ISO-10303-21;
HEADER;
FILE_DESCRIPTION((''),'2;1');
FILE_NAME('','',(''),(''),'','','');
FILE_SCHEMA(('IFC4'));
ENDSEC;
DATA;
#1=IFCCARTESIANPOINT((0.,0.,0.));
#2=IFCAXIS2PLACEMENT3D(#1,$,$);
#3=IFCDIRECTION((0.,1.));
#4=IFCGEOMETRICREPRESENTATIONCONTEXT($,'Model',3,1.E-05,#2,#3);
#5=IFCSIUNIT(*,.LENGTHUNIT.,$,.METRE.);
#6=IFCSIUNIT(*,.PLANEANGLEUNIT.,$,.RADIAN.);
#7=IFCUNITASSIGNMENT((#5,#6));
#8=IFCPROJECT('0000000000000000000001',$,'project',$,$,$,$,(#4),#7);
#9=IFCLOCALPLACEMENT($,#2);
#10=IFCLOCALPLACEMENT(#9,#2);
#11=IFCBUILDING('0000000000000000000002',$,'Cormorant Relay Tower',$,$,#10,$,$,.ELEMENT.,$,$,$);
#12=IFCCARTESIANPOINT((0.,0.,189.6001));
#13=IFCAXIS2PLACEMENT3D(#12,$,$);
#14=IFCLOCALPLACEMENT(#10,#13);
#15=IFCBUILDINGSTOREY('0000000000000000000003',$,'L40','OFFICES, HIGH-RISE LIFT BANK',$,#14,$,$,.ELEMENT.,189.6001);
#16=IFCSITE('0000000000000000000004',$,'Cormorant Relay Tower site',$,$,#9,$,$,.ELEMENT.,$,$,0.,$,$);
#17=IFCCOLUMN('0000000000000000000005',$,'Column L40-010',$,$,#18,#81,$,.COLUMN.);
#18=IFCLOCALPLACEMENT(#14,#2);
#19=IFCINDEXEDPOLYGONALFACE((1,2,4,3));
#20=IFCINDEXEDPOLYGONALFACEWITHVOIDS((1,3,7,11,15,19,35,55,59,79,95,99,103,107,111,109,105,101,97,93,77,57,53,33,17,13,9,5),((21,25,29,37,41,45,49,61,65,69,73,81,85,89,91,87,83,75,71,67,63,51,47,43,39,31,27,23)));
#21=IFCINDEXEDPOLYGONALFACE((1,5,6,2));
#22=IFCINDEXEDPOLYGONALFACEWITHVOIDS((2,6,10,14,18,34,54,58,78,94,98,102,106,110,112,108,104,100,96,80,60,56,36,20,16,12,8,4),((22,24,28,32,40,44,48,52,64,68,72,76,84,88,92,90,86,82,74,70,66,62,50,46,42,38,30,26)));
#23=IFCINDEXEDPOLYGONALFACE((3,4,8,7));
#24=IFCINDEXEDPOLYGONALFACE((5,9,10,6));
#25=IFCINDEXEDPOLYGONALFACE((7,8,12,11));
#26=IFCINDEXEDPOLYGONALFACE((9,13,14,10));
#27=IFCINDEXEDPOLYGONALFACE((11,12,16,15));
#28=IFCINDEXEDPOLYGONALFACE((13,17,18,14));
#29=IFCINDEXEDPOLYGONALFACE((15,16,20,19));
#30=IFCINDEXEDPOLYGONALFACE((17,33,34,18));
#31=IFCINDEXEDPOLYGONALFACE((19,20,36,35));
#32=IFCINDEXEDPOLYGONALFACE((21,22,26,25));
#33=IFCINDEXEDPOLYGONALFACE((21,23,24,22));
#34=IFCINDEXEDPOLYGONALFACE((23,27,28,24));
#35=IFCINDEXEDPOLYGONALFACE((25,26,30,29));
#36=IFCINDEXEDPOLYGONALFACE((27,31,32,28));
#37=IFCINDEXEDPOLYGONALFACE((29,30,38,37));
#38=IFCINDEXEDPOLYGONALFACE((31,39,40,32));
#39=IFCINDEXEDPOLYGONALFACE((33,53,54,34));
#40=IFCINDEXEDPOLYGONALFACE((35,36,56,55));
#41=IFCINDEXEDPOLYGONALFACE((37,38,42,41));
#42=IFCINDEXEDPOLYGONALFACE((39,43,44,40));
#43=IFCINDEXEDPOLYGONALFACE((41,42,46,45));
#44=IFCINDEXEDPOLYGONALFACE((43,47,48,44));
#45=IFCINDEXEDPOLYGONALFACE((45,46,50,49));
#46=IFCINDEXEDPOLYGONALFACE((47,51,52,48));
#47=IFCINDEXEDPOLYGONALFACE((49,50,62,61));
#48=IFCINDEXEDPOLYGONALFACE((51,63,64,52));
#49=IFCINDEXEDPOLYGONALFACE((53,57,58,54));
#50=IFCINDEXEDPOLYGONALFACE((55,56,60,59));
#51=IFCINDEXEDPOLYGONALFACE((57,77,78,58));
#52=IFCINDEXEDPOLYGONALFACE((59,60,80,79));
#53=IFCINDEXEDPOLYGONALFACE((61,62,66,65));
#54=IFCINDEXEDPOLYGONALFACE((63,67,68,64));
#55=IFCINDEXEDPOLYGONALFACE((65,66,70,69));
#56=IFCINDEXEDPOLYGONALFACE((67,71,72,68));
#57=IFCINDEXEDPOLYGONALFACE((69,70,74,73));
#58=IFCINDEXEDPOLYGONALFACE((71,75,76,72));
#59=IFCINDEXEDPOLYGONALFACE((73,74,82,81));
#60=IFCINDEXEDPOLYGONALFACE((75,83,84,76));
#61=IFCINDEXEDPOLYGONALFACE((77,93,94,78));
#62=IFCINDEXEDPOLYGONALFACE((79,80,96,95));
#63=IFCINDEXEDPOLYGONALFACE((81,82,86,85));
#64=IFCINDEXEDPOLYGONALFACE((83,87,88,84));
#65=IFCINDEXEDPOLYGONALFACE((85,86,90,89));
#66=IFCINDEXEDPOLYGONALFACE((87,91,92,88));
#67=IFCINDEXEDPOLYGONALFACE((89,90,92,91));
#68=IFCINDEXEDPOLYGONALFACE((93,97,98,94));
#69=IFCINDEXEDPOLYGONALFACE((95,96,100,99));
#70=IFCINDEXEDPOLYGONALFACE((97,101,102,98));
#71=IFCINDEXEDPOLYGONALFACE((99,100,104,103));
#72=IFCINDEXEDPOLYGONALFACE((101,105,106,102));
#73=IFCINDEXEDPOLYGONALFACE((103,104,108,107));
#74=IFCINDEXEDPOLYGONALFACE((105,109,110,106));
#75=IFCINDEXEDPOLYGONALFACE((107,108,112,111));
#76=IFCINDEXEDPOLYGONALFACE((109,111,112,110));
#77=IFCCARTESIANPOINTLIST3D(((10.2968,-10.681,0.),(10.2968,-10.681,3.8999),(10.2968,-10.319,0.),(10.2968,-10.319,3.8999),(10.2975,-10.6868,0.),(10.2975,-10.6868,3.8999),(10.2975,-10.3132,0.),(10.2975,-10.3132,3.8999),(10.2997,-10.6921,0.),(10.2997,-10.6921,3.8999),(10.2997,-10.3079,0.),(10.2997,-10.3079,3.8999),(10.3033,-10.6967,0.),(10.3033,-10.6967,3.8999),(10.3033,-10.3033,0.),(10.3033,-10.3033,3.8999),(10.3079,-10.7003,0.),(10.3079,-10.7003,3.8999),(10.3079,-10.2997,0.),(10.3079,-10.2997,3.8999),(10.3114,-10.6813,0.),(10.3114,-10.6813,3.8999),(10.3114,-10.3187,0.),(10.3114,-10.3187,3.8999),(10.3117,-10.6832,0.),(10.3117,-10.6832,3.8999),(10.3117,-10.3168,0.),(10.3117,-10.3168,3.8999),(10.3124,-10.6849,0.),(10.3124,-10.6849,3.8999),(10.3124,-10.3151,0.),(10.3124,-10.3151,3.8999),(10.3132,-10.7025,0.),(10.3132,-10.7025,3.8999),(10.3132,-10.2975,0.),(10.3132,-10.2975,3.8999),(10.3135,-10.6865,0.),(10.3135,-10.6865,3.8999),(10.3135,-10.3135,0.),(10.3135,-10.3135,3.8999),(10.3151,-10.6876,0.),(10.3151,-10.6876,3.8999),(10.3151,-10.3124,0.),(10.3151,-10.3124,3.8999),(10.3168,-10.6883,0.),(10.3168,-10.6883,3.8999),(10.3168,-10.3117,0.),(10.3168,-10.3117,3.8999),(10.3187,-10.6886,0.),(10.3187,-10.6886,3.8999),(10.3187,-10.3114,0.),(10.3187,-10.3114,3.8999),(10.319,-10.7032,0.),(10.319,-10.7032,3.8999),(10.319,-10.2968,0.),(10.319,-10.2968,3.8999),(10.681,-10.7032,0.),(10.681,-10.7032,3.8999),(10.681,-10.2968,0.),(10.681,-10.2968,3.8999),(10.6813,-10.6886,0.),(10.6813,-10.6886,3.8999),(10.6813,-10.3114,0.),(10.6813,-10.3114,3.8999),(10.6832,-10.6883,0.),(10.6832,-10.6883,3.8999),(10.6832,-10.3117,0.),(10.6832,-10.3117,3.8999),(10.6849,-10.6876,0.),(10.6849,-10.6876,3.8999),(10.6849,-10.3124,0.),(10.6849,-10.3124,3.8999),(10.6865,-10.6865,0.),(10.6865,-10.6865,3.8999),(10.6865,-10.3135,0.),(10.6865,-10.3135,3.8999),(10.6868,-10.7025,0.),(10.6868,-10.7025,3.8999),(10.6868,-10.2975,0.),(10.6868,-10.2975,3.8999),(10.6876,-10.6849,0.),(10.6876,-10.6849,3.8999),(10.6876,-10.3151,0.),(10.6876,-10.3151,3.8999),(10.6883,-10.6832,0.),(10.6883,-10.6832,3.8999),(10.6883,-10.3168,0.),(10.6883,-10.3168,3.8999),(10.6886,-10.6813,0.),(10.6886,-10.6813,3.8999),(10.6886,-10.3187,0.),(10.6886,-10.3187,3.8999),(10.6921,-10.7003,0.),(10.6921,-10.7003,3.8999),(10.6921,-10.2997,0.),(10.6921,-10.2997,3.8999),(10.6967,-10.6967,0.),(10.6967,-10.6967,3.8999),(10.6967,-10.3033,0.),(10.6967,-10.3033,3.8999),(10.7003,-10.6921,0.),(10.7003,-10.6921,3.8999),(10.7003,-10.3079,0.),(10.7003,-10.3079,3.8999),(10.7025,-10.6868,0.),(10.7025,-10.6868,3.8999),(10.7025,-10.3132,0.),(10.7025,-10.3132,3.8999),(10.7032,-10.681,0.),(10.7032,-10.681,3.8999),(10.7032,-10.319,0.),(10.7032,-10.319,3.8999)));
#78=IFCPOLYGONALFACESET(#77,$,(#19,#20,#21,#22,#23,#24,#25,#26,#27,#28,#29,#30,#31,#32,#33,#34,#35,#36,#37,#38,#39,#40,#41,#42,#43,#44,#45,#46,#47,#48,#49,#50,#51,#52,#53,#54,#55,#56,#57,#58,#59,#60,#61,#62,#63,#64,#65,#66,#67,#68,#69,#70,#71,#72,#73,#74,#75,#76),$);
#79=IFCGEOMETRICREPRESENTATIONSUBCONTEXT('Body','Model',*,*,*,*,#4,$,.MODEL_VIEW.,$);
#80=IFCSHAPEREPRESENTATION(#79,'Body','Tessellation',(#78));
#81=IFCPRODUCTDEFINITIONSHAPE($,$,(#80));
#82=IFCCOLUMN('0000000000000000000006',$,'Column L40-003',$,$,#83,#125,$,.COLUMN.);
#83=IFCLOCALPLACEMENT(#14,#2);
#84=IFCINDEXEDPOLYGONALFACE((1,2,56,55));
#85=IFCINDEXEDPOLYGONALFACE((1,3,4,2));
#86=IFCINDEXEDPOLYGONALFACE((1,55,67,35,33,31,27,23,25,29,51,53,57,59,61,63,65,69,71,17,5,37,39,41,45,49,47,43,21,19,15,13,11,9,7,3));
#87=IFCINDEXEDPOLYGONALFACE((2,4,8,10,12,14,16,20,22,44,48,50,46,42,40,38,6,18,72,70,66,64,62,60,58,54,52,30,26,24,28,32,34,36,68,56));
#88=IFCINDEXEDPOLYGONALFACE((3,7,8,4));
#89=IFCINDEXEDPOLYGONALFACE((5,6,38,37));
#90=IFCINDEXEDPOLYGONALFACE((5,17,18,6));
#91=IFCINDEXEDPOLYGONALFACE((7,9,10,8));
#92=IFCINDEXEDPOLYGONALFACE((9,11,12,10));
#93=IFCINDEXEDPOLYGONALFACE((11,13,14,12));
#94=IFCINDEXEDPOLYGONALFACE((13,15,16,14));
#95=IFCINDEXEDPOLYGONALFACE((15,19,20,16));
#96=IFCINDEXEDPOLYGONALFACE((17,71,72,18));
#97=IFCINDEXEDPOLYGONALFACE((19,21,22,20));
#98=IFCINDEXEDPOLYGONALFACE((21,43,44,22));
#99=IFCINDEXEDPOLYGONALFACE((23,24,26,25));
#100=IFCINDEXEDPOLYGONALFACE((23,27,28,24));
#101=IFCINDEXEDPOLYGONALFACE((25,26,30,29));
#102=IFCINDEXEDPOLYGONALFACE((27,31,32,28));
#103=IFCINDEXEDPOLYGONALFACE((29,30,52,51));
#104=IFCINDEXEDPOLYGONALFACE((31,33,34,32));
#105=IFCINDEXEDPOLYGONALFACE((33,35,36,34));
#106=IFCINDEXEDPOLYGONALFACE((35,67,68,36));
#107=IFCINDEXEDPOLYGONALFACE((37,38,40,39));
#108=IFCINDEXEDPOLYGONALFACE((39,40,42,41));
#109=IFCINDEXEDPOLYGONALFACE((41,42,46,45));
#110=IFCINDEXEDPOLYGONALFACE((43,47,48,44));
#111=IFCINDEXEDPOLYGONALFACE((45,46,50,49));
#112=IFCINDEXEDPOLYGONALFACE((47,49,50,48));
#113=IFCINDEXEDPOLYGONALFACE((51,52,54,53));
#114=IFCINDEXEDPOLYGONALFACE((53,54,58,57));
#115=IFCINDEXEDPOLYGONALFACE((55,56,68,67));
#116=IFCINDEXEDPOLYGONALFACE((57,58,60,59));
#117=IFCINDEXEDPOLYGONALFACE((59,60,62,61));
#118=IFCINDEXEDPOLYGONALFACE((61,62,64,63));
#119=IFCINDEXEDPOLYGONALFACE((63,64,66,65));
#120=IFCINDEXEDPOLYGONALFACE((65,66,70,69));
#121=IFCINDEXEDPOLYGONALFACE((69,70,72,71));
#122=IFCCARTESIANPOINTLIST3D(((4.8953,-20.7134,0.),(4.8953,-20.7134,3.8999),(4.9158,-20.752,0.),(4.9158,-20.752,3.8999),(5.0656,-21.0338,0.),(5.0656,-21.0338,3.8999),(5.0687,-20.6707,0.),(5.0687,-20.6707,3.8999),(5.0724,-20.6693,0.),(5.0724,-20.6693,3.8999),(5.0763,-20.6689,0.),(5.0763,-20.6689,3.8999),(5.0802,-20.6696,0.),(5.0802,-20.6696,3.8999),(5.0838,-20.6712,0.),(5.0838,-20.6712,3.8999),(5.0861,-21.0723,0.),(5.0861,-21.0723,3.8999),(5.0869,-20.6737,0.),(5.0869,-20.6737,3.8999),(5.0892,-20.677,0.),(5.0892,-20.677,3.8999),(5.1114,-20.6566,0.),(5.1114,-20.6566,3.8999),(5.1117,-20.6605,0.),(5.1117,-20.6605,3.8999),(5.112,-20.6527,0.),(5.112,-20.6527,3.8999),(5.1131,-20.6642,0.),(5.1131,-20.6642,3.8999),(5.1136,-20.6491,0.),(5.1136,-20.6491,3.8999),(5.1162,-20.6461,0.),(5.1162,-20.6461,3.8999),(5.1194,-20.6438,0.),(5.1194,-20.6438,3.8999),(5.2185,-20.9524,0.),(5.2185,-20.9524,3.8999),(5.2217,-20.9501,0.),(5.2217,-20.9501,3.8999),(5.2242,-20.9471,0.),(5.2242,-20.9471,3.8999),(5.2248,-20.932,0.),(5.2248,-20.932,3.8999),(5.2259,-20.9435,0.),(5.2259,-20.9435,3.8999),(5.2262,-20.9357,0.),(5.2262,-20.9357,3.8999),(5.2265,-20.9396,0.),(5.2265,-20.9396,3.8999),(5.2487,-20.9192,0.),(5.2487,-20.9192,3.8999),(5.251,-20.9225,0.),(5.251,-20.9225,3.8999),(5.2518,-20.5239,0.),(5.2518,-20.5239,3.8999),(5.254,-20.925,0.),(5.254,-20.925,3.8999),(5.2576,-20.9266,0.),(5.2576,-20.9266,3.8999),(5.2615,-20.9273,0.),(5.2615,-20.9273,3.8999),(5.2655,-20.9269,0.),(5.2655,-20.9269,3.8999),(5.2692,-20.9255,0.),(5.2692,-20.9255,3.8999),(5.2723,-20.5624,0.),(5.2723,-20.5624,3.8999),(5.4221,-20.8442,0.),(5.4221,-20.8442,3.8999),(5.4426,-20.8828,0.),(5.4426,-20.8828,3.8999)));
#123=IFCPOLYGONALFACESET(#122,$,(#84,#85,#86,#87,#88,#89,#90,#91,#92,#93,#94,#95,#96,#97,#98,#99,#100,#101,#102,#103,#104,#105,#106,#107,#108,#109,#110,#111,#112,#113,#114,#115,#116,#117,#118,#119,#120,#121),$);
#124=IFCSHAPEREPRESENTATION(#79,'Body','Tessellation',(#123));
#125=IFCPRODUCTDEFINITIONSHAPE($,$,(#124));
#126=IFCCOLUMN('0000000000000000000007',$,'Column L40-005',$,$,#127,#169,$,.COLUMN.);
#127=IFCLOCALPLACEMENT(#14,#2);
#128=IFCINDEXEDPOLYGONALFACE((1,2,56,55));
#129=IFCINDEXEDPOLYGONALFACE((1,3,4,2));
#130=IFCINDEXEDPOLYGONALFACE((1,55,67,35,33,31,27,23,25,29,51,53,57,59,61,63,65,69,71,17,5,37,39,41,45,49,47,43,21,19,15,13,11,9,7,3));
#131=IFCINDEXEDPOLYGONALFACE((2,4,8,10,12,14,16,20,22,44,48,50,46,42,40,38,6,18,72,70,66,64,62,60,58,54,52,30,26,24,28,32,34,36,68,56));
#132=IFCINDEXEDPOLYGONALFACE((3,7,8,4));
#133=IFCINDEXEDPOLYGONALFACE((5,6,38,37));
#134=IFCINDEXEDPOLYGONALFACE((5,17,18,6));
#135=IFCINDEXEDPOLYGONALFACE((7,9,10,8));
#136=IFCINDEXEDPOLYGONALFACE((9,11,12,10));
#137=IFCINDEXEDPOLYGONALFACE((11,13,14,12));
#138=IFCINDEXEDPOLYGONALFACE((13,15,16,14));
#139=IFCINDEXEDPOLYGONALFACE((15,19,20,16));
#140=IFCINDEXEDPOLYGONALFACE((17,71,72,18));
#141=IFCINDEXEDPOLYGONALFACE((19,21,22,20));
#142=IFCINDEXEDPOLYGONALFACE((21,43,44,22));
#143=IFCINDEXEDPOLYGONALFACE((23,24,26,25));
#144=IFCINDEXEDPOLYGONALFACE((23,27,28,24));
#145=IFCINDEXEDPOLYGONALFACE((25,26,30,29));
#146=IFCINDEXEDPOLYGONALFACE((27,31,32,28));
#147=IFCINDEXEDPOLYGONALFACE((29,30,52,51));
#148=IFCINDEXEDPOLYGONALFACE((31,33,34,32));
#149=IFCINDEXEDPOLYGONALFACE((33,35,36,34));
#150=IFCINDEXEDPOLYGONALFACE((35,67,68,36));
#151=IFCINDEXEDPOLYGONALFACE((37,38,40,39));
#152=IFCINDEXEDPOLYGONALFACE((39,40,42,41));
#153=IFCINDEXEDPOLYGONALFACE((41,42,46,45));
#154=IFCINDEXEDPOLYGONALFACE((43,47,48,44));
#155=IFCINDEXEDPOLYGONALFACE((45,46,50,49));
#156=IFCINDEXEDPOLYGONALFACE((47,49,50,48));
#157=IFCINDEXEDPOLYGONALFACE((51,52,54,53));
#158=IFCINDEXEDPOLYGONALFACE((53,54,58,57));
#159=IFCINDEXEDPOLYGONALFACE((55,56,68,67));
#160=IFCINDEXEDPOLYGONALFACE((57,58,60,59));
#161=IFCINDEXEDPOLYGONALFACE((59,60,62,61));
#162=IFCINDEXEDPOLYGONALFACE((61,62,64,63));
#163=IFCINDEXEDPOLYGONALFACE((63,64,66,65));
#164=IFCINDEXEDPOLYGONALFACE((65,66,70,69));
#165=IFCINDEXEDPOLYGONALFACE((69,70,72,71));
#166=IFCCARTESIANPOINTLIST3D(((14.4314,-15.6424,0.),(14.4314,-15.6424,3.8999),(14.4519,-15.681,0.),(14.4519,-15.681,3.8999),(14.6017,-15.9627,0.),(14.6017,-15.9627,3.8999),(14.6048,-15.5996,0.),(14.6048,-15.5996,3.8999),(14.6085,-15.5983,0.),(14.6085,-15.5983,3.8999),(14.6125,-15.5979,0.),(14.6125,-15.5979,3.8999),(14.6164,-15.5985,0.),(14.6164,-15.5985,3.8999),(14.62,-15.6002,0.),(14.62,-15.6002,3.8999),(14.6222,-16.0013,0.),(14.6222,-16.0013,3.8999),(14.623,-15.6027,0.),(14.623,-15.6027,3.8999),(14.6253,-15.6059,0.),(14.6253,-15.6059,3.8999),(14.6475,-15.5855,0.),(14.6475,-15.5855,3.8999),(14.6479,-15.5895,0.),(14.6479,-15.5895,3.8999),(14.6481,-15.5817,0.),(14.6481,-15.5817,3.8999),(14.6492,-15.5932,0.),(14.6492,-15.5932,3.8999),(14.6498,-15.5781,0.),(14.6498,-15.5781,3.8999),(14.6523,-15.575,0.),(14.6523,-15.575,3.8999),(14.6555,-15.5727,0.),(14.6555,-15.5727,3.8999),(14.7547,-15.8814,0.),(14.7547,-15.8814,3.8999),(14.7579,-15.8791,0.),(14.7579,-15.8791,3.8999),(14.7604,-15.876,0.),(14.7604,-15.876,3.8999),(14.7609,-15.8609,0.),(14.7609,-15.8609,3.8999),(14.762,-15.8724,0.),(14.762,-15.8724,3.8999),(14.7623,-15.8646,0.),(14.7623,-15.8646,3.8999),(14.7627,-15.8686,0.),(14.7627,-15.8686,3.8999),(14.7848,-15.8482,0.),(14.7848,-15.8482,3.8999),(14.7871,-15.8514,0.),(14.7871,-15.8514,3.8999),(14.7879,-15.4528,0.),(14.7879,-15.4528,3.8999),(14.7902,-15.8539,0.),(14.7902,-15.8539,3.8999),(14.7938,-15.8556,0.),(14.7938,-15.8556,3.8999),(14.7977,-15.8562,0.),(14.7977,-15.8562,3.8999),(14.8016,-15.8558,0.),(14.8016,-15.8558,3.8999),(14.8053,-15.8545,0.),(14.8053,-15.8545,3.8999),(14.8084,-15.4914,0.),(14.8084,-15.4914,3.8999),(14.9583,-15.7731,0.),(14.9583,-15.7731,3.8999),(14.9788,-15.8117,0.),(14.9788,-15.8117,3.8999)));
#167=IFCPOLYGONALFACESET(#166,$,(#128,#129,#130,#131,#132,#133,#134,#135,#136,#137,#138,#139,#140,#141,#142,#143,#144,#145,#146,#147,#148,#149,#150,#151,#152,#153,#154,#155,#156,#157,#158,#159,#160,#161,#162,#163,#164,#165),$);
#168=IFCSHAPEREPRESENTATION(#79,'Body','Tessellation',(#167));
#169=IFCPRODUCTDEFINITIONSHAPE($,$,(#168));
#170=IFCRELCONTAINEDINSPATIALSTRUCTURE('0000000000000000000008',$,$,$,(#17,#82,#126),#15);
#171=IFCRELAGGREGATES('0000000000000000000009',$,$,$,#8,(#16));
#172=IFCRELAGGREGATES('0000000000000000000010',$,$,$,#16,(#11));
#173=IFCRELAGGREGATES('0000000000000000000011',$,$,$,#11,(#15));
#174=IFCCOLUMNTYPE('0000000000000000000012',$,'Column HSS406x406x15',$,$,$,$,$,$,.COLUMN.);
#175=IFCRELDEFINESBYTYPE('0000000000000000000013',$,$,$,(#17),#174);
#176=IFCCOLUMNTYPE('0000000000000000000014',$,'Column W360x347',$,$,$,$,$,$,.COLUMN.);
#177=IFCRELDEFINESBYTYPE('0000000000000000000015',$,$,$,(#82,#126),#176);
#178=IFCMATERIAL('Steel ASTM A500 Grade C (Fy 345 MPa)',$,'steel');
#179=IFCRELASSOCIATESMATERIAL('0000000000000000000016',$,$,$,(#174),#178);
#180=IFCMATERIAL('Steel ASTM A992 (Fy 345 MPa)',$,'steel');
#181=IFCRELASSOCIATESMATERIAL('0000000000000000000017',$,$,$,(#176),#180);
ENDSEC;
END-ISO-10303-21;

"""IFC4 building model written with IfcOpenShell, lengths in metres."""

from ifc_helpers import new_model, si_unit, direction, frame, origin, origin_2d, place, context, subcontext, project, spatial, hollow_rectangle, i_section, extrude, material, material_profile, profile_set, type_object, element, save


model = new_model("IFC4")

# Units and contexts
model_context = context("Model", 3, precision=1e-05, world=origin(), true_north=direction((0.0, 1.0)))
body_context = subcontext(model_context, "Body", "Model", "MODEL_VIEW")
ifc_project = project(units=[si_unit("LENGTHUNIT", "METRE"), si_unit("PLANEANGLEUNIT", "RADIAN")], contexts=[model_context])

# Site, building, storey
site_placement = place(None, origin())
site = spatial("IfcSite", under=ifc_project, at=site_placement, Name="Cormorant Relay Tower site", CompositionType="ELEMENT", RefElevation=0.0)
building_placement = place(site_placement, origin())
building = spatial("IfcBuilding", under=site, at=building_placement, Name="Cormorant Relay Tower", CompositionType="ELEMENT")
storey_placement = place(building_placement, frame((0.0, 0.0, 189.6001)))
storey = spatial("IfcBuildingStorey", under=building, at=storey_placement, Name="L40", Description="OFFICES, HIGH-RISE LIFT BANK", CompositionType="ELEMENT", Elevation=189.6001)

# Columns
ifc_material_1 = material(Name="Steel ASTM A500 Grade C (Fy 345 MPa)", Category="steel")
ifc_material_profile_1 = material_profile(ifc_material_1, hollow_rectangle(XDim=0.4065, YDim=0.4065, WallThickness=0.0146, InnerFilletRadius=0.0073, OuterFilletRadius=0.0222, at=origin_2d()), Name="HSS406x406x15")
ifc_profile_set_1 = profile_set([ifc_material_profile_1], Name="Steel ASTM A500 Grade C (Fy 345 MPa)")
column_type_1 = type_object("IfcColumnType", Name="Column HSS406x406x15", PredefinedType="COLUMN", material=ifc_profile_set_1)
column_1_placement = place(storey_placement, frame((10.5, -10.5, 0.0), z_axis=(0.0, 0.0, 1.0), x_axis=(1.0, 0.0, 0.0)))
element("IfcColumn", 1, at=column_1_placement, inside=storey, type_object=column_type_1, Name="Column L40-010", PredefinedType="COLUMN", context=body_context, shape_type="SweptSolid", body=[
    extrude(hollow_rectangle(XDim=0.4065, YDim=0.4065, WallThickness=0.0146, InnerFilletRadius=0.0073, OuterFilletRadius=0.0222, at=origin_2d()), origin(), (0.0, 0.0, 1.0), 3.8999),
])
ifc_material_2 = material(Name="Steel ASTM A992 (Fy 345 MPa)", Category="steel")
ifc_material_profile_2 = material_profile(ifc_material_2, i_section(OverallWidth=0.4038, OverallDepth=0.4065, WebThickness=0.0271, FlangeThickness=0.0437, FilletRadius=0.0151, at=origin_2d()), Name="W360x347")
ifc_profile_set_2 = profile_set([ifc_material_profile_2], Name="Steel ASTM A992 (Fy 345 MPa)")
column_type_2 = type_object("IfcColumnType", Name="Column W360x347", PredefinedType="COLUMN", material=ifc_profile_set_2)
for number, where, z_axis, x_axis, name in (
    (2, (5.1689, -20.7981, 0.0), (0.0, 0.0, 1.0), (0.882948, 0.469472, 0.0), "Column L40-003"),
    (3, (14.7051, -15.7271, 0.0), (0.0, 0.0, 1.0), (0.882948, 0.469472, 0.0), "Column L40-005"),
):
    element("IfcColumn", number, at=place(storey_placement, frame(where, z_axis=z_axis, x_axis=x_axis)), inside=storey, type_object=column_type_2, Name=name, PredefinedType="COLUMN", context=body_context, shape_type="SweptSolid", body=[
        extrude(i_section(OverallWidth=0.4038, OverallDepth=0.4065, WebThickness=0.0271, FlangeThickness=0.0437, FilletRadius=0.0151, at=origin_2d()), origin(), (0.0, 0.0, 1.0), 3.8999),
    ])

save(model, "model.ifc")
